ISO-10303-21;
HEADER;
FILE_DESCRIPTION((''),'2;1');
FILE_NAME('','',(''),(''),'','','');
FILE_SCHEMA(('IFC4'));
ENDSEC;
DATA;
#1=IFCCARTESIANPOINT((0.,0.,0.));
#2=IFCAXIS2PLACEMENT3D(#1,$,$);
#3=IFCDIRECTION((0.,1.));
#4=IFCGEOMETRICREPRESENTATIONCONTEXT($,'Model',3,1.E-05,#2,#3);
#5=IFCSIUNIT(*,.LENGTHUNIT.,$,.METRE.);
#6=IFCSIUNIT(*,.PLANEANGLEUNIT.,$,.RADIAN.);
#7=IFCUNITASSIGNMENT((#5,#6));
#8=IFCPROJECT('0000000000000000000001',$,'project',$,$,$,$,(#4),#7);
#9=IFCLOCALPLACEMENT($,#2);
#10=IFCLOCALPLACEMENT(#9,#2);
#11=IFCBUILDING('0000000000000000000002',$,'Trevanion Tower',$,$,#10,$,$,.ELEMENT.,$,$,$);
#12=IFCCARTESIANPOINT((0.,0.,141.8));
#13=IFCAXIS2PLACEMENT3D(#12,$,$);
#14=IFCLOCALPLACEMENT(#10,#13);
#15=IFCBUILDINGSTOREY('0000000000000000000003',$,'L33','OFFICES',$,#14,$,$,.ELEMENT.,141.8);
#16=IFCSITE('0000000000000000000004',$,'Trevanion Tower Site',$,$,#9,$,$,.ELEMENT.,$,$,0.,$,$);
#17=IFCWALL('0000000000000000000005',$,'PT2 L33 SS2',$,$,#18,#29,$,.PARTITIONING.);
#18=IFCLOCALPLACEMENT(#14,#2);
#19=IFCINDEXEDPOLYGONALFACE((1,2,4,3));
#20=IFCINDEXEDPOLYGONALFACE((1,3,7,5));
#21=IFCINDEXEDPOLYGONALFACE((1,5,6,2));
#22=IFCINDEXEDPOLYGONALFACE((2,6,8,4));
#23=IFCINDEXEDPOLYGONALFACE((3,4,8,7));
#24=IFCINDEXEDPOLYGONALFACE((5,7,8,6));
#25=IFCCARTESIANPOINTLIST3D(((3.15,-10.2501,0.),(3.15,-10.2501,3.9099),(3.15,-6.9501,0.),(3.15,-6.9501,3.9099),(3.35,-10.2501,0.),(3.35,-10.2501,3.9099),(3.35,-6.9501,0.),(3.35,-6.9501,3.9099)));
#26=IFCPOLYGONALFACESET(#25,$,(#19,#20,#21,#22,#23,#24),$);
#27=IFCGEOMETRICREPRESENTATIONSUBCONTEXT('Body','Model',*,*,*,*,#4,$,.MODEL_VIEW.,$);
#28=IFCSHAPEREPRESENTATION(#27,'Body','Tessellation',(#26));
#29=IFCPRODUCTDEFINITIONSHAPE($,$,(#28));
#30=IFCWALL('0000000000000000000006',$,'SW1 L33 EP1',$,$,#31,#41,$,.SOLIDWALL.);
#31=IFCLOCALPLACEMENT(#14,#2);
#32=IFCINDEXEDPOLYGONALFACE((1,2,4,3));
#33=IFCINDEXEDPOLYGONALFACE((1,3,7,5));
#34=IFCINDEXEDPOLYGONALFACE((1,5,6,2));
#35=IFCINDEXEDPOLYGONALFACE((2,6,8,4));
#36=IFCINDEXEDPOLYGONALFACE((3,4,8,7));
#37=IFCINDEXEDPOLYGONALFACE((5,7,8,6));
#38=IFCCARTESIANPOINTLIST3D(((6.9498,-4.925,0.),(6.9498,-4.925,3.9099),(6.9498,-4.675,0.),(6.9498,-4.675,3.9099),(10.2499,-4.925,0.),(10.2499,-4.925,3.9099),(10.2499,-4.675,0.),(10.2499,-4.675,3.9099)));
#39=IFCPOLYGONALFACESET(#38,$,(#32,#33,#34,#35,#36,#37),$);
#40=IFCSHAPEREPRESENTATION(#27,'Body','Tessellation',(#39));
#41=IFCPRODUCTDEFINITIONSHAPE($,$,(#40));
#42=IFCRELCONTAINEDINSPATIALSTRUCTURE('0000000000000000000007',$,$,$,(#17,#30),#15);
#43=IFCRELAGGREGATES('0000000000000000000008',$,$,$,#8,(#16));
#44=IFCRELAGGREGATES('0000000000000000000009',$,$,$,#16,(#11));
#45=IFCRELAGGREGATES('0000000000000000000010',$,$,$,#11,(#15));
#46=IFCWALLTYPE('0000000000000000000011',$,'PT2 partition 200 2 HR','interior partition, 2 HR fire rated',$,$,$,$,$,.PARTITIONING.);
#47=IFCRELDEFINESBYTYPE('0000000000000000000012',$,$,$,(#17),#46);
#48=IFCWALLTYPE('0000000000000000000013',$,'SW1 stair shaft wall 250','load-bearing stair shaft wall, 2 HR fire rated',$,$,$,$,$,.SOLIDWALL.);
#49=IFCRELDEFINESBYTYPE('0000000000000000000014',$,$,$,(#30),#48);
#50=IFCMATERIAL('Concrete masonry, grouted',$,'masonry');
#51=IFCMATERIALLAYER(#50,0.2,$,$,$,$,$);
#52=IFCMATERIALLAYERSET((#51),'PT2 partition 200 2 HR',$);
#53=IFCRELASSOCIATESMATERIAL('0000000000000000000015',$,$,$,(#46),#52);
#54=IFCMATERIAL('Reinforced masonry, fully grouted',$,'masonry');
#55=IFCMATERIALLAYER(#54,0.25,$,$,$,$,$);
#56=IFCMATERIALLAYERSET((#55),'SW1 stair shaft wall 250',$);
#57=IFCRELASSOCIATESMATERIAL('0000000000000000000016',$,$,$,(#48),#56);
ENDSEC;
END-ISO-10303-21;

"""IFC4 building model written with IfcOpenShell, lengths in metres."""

from ifc_helpers import new_model, si_unit, direction, frame, frame_2d, origin, place, context, subcontext, project, spatial, rectangle, extrude, material, layer, layer_set, type_object, element, save


model = new_model("IFC4")

# Units and contexts
model_context = context("Model", 3, precision=1e-05, world=origin(), true_north=direction((0.0, 1.0)))
body_context = subcontext(model_context, "Body", "Model", "MODEL_VIEW")
ifc_project = project(units=[si_unit("LENGTHUNIT", "METRE"), si_unit("PLANEANGLEUNIT", "RADIAN")], contexts=[model_context])

# Site, building, storey
site_placement = place(None, origin())
site = spatial("IfcSite", under=ifc_project, at=site_placement, Name="Trevanion Tower Site", CompositionType="ELEMENT", RefElevation=0.0)
building_placement = place(site_placement, origin())
building = spatial("IfcBuilding", under=site, at=building_placement, Name="Trevanion Tower", CompositionType="ELEMENT")
storey_placement = place(building_placement, frame((0.0, 0.0, 141.8)))
storey = spatial("IfcBuildingStorey", under=building, at=storey_placement, Name="L33", Description="OFFICES", CompositionType="ELEMENT", Elevation=141.8)

# Walls
ifc_material_1 = material(Name="Concrete masonry, grouted", Category="masonry")
ifc_layer_1 = layer(ifc_material_1, 0.2)
ifc_layer_set_1 = layer_set([ifc_layer_1], Name="PT2 partition 200 2 HR")
wall_type_1 = type_object("IfcWallType", Name="PT2 partition 200 2 HR", Description="interior partition, 2 HR fire rated", PredefinedType="PARTITIONING", material=ifc_layer_set_1)
wall_1_placement = place(storey_placement, frame((3.25, -10.25, 0.0), z_axis=(0.0, 0.0, 1.0), x_axis=(0.0, 1.0, 0.0)))
element("IfcWall", 1, at=wall_1_placement, inside=storey, type_object=wall_type_1, Name="PT2 L33 SS2", PredefinedType="PARTITIONING", context=body_context, shape_type="SweptSolid", body=[
    extrude(rectangle(XDim=3.3, YDim=0.2, at=frame_2d((1.6499, 0.0))), origin(), (0.0, 0.0, 1.0), 3.9099),
])
ifc_material_2 = material(Name="Reinforced masonry, fully grouted", Category="masonry")
ifc_layer_2 = layer(ifc_material_2, 0.25)
ifc_layer_set_2 = layer_set([ifc_layer_2], Name="SW1 stair shaft wall 250")
wall_type_2 = type_object("IfcWallType", Name="SW1 stair shaft wall 250", Description="load-bearing stair shaft wall, 2 HR fire rated", PredefinedType="SOLIDWALL", material=ifc_layer_set_2)
wall_2_placement = place(storey_placement, frame((6.95, -4.8, 0.0), z_axis=(0.0, 0.0, 1.0), x_axis=(1.0, 0.0, 0.0)))
element("IfcWall", 2, at=wall_2_placement, inside=storey, type_object=wall_type_2, Name="SW1 L33 EP1", PredefinedType="SOLIDWALL", context=body_context, shape_type="SweptSolid", body=[
    extrude(rectangle(XDim=3.3, YDim=0.25, at=frame_2d((1.6499, 0.0))), origin(), (0.0, 0.0, 1.0), 3.9099),
])

save(model, "model.ifc")
